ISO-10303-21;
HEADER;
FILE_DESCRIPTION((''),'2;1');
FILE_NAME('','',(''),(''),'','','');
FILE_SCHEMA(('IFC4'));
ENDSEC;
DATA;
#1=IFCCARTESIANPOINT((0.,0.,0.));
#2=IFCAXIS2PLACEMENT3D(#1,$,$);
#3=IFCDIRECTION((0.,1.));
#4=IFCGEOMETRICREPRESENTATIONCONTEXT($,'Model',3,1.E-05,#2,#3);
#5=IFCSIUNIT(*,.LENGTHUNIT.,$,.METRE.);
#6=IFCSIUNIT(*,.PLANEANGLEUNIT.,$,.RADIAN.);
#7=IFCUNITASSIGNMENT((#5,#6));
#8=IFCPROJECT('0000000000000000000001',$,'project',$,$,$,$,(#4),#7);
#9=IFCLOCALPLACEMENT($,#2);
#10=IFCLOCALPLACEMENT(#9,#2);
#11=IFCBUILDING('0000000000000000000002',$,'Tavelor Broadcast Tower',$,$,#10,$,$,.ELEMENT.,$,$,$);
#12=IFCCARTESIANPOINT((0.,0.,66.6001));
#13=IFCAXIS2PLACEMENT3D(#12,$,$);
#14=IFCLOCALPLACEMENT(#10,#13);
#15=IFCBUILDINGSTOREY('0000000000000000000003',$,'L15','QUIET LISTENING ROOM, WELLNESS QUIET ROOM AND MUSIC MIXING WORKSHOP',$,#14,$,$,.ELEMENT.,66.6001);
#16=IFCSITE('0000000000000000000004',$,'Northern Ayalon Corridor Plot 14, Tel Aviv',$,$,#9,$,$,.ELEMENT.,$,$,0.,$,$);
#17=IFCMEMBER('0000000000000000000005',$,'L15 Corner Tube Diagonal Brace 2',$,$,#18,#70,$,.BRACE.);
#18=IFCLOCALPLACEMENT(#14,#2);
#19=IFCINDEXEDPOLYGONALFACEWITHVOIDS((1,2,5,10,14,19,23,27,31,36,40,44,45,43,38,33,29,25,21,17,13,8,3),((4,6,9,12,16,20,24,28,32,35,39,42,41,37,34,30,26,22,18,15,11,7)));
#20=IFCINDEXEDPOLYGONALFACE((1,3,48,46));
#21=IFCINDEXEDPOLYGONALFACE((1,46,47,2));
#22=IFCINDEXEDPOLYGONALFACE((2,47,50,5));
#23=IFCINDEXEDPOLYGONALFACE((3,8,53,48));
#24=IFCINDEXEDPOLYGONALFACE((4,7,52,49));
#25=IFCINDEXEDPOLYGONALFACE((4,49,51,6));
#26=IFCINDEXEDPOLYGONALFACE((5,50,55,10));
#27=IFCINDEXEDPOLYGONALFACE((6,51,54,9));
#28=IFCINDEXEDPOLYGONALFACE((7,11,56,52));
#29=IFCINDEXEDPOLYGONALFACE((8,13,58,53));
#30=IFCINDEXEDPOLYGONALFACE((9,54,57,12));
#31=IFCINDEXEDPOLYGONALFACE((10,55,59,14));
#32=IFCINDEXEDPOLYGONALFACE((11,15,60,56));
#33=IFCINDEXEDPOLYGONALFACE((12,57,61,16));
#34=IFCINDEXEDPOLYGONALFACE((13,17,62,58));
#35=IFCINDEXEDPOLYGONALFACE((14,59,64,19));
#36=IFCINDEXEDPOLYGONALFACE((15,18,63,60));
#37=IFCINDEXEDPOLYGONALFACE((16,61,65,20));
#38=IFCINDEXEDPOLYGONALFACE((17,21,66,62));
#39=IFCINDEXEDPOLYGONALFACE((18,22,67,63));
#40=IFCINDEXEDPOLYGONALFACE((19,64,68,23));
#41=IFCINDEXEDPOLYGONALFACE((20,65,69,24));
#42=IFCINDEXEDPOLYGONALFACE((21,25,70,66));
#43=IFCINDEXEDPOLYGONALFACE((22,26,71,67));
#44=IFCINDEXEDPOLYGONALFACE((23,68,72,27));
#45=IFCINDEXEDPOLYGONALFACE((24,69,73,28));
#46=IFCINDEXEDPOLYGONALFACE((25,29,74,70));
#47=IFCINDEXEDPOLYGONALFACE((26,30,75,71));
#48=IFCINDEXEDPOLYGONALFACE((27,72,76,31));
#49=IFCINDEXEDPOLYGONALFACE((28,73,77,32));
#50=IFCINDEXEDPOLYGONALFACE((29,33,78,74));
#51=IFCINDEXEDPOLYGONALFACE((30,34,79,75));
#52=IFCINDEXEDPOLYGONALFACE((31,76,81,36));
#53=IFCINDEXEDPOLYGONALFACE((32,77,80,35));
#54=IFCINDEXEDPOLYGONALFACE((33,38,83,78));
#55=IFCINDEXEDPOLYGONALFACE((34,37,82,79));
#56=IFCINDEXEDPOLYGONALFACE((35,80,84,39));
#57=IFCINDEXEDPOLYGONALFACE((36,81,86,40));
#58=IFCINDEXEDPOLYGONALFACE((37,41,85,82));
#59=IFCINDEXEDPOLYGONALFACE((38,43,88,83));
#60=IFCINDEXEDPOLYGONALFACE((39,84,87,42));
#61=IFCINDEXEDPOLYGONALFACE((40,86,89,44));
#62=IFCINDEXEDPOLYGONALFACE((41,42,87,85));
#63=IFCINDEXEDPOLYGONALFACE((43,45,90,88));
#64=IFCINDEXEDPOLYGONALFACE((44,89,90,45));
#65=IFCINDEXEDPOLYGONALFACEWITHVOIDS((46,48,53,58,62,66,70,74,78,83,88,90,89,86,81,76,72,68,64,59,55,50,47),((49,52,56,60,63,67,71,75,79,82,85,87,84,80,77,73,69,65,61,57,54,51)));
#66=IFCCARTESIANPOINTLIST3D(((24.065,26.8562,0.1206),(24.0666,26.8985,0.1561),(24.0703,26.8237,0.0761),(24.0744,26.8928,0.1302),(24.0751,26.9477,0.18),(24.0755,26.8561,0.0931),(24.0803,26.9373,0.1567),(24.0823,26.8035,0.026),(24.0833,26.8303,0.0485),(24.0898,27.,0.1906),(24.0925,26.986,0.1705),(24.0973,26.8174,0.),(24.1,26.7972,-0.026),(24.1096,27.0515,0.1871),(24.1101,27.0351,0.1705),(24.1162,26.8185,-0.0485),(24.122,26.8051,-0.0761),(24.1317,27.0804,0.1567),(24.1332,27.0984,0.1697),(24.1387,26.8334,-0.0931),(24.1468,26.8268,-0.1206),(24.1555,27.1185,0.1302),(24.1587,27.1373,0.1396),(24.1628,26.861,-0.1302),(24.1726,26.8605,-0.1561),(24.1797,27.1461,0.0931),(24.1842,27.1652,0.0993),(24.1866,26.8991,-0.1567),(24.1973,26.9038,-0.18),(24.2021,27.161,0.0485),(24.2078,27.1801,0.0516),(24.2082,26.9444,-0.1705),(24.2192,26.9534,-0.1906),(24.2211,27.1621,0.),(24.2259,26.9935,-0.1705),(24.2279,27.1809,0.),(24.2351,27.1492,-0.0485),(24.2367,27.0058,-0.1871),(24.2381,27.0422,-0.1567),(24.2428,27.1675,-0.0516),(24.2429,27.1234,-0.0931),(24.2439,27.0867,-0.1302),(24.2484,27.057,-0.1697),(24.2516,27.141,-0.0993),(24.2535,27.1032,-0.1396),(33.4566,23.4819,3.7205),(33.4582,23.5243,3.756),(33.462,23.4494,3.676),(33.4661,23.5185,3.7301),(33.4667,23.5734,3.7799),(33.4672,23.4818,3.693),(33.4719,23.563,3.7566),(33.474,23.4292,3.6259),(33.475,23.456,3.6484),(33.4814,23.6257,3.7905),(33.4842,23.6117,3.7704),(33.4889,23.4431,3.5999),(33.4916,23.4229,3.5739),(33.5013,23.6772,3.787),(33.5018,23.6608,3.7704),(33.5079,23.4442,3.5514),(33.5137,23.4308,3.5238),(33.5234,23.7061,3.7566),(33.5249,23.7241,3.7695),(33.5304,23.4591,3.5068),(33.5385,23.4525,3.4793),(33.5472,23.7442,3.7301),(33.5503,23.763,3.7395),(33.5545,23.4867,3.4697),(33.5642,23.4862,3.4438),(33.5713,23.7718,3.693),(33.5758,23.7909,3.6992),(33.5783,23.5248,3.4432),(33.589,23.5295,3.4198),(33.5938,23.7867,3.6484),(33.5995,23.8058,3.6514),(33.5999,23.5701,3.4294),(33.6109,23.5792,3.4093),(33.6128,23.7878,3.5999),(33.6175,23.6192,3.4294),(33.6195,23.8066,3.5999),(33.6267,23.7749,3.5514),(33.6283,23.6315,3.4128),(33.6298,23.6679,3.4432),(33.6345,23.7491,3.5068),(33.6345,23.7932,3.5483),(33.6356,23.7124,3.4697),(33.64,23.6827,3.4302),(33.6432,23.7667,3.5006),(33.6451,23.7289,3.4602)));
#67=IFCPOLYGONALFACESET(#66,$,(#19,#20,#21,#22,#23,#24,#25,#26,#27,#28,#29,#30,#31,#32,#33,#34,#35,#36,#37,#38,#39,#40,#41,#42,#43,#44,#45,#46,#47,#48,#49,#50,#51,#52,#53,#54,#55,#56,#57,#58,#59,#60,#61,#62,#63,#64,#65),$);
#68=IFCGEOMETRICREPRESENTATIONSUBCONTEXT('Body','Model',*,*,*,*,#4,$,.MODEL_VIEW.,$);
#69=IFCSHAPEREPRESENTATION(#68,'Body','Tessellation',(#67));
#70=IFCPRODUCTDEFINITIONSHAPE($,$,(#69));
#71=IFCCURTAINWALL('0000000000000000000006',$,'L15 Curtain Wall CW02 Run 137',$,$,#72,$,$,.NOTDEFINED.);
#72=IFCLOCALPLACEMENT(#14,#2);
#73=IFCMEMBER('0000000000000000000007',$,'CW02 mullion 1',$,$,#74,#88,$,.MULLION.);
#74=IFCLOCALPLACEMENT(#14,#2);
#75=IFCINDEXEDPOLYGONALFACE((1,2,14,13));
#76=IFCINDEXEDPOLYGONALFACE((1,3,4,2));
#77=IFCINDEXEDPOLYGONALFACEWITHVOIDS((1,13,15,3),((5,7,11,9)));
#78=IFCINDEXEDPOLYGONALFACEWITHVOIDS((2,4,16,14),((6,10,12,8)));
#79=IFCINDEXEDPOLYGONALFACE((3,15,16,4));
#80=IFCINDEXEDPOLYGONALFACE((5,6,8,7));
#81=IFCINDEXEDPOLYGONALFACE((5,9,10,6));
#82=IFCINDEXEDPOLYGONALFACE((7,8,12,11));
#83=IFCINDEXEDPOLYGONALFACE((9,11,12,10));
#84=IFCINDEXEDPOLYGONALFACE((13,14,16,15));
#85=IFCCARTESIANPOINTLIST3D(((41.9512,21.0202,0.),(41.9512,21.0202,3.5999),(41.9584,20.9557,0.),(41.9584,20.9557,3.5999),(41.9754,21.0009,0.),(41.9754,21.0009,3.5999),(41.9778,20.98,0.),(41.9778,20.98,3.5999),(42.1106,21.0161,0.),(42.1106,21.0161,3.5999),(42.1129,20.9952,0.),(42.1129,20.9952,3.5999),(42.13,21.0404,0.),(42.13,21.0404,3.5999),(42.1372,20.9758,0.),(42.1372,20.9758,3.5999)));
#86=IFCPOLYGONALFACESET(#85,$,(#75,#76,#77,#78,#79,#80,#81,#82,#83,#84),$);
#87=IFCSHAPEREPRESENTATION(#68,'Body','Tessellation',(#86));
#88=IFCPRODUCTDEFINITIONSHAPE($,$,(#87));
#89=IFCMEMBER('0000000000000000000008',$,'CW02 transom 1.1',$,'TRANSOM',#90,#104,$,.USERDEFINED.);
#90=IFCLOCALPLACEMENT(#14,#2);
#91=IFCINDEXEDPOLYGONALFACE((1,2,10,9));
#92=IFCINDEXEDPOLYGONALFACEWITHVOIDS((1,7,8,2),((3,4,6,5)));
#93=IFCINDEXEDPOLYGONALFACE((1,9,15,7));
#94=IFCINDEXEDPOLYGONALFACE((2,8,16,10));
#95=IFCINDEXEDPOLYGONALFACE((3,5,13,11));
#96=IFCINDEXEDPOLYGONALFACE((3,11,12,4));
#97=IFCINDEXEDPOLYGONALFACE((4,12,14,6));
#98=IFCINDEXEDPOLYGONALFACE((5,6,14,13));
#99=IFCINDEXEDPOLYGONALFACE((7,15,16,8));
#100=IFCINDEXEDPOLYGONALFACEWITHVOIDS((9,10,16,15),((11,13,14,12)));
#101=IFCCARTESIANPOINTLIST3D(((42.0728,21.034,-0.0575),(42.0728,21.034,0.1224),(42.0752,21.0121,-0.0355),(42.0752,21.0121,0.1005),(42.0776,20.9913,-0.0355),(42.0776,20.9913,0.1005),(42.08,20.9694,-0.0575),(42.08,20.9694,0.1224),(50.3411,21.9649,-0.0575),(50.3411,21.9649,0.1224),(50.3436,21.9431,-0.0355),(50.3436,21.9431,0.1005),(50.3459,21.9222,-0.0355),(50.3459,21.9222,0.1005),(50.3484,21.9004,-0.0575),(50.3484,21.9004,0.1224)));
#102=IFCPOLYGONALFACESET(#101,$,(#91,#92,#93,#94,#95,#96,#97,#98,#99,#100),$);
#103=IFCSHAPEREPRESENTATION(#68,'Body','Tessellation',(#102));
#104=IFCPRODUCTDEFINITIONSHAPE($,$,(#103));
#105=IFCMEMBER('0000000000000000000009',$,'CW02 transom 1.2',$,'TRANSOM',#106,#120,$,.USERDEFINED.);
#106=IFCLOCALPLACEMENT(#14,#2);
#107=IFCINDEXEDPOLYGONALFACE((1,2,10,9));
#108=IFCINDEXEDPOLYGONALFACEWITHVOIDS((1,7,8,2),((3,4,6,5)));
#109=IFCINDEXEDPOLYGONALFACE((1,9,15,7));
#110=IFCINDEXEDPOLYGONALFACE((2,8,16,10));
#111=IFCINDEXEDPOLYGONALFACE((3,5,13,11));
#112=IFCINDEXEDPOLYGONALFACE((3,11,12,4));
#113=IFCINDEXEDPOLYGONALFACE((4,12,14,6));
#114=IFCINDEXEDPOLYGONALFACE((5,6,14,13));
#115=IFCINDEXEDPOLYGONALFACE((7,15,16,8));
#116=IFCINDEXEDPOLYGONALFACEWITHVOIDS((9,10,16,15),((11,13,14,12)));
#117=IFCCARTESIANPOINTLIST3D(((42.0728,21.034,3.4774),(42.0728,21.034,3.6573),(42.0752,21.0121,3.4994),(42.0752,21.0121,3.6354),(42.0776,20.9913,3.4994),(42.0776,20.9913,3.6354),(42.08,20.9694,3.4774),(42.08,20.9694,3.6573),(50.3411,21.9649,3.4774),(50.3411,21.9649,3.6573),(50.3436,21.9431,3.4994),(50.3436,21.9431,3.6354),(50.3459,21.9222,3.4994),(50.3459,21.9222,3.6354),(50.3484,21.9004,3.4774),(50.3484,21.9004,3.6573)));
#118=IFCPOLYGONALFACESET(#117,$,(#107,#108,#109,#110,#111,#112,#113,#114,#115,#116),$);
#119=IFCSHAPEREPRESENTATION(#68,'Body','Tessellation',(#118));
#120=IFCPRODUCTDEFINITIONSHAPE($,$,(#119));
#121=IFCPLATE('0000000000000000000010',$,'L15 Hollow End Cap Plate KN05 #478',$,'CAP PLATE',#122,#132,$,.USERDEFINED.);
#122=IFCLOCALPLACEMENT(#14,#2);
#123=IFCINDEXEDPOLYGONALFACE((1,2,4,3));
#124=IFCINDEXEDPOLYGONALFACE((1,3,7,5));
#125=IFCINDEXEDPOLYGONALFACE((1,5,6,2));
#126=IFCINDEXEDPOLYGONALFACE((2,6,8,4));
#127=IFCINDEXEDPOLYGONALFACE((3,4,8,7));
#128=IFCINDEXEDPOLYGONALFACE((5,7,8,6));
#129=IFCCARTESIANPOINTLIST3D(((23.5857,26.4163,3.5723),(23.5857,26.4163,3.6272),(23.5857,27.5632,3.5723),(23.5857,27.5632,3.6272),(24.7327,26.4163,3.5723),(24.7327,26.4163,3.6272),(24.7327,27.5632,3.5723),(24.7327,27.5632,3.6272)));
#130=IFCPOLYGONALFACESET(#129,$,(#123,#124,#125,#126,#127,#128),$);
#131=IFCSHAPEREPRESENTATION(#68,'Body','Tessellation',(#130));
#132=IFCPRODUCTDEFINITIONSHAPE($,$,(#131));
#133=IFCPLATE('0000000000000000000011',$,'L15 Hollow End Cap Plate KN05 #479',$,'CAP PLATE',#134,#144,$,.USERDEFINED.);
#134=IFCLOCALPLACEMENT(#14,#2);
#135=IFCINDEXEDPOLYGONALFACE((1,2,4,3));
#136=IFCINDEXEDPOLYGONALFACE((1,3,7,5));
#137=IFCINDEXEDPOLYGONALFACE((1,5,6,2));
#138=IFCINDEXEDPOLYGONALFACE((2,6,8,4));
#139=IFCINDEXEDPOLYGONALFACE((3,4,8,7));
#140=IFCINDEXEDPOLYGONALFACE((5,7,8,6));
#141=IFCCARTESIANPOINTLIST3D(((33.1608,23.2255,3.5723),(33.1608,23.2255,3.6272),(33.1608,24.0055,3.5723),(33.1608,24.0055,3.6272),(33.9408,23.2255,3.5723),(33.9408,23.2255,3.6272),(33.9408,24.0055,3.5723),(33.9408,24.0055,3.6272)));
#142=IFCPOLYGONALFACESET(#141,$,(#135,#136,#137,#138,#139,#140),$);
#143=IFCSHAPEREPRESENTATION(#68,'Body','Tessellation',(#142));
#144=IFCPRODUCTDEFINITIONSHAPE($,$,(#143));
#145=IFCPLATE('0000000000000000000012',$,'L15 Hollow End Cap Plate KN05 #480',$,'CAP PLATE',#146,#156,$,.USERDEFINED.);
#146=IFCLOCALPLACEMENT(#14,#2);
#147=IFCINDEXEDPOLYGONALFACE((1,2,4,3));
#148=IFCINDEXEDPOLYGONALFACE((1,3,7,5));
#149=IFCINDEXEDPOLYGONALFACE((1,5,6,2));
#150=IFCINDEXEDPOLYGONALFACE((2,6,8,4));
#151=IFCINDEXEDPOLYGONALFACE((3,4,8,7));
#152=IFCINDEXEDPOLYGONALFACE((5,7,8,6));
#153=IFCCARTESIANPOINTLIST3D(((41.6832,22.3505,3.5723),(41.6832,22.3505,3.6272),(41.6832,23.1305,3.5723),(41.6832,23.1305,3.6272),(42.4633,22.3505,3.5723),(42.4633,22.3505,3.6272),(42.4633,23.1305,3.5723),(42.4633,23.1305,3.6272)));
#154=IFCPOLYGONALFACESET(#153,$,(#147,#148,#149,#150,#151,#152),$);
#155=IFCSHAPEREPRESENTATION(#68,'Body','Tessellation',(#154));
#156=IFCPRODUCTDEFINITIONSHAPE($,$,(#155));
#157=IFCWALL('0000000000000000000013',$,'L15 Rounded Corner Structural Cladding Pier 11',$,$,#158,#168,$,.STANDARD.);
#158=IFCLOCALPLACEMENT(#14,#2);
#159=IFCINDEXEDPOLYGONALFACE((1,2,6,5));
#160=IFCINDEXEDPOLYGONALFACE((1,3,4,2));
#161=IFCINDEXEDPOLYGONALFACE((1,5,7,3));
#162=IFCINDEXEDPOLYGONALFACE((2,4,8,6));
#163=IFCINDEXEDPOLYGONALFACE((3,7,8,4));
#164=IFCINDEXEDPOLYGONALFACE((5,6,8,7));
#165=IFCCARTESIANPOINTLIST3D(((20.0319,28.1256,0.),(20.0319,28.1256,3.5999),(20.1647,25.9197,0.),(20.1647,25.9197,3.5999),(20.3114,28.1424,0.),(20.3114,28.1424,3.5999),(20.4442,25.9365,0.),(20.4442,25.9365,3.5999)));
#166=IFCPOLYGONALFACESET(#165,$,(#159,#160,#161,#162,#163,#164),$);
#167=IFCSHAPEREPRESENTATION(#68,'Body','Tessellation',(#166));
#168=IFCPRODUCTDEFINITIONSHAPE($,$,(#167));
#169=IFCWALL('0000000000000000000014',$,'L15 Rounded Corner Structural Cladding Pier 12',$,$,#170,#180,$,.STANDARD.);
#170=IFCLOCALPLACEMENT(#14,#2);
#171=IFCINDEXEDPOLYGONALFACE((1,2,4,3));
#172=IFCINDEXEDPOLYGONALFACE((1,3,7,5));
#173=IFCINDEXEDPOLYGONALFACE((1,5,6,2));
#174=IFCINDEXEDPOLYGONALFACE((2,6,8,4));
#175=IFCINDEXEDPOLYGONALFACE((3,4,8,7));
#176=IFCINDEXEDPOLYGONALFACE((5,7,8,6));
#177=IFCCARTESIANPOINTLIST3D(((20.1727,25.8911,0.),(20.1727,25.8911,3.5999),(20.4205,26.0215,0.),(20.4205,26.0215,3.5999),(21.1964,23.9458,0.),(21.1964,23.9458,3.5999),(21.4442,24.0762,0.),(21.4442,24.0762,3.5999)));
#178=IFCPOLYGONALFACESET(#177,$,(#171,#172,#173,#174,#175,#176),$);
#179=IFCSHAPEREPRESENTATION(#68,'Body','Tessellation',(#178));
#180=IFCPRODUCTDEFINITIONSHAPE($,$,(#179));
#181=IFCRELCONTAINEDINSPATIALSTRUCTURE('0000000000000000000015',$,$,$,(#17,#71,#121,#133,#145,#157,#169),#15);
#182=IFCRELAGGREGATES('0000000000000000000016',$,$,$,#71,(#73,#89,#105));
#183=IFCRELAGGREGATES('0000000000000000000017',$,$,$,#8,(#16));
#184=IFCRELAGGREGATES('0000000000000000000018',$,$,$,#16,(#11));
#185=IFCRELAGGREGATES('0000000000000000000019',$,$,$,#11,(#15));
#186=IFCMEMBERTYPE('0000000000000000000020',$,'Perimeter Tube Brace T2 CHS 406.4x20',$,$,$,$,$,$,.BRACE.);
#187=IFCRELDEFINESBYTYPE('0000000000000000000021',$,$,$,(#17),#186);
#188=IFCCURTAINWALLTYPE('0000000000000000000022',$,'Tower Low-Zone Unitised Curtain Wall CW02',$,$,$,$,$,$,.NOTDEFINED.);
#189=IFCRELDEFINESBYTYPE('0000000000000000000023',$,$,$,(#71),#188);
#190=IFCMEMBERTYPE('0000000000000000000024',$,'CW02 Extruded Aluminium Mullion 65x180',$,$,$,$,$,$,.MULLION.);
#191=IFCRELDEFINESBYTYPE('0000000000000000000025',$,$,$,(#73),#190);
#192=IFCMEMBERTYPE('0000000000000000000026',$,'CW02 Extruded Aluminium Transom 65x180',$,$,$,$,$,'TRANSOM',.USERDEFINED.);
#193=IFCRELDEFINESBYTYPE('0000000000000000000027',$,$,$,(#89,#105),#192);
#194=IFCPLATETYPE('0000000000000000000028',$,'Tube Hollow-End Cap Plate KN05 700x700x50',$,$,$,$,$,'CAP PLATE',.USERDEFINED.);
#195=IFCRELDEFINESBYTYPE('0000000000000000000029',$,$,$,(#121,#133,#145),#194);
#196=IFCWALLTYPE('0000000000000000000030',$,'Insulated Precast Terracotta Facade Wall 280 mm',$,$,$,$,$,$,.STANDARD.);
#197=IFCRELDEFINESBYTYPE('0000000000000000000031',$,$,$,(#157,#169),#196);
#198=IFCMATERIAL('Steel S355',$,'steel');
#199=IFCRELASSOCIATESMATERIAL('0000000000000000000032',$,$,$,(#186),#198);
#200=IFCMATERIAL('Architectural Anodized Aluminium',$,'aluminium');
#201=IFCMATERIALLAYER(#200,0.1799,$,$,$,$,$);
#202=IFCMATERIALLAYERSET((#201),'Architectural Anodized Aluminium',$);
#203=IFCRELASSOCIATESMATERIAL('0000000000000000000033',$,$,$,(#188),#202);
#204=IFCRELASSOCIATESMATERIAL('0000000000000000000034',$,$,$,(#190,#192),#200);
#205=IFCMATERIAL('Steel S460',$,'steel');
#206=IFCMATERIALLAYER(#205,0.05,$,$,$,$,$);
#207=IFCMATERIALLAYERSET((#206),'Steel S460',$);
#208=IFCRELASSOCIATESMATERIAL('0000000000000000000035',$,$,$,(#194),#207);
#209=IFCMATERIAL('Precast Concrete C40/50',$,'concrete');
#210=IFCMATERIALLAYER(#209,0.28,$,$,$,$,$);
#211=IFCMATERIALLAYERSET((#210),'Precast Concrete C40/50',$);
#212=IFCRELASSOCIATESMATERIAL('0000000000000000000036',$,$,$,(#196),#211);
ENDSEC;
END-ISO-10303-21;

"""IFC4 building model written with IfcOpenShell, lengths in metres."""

from ifc_helpers import new_model, si_unit, direction, frame, frame_2d, origin, origin_2d, place, context, subcontext, project, spatial, rectangle, hollow_rectangle, hollow_circle, extrude, source, transform, mapped, material, layer, layer_set, material_profile, profile_set, type_object, type_shapes, element, aggregate, save


model = new_model("IFC4")

# Units and contexts
model_context = context("Model", 3, precision=1e-05, world=origin(), true_north=direction((0.0, 1.0)))
body_context = subcontext(model_context, "Body", "Model", "MODEL_VIEW")
ifc_project = project(units=[si_unit("LENGTHUNIT", "METRE"), si_unit("PLANEANGLEUNIT", "RADIAN")], contexts=[model_context])

# Site, building, storey
site_placement = place(None, origin())
site = spatial("IfcSite", under=ifc_project, at=site_placement, Name="Northern Ayalon Corridor Plot 14, Tel Aviv", CompositionType="ELEMENT", RefElevation=0.0)
building_placement = place(site_placement, origin())
building = spatial("IfcBuilding", under=site, at=building_placement, Name="Tavelor Broadcast Tower", CompositionType="ELEMENT")
storey_placement = place(building_placement, frame((0.0, 0.0, 66.6001)))
storey = spatial("IfcBuildingStorey", under=building, at=storey_placement, Name="L15", Description="QUIET LISTENING ROOM, WELLNESS QUIET ROOM AND MUSIC MIXING WORKSHOP", CompositionType="ELEMENT", Elevation=66.6001)

# Shared definitions
ifc_material_1 = material(Name="Steel S460", Category="steel")

# Shared definitions
ifc_material_2 = material(Name="Steel S355", Category="steel")

# Member
ifc_material_profile_1 = material_profile(ifc_material_2, hollow_circle(Radius=0.2031, WallThickness=0.02, at=origin_2d()), Name="CHS 406.4x20")
ifc_profile_set_1 = profile_set([ifc_material_profile_1], Name="Steel S355")
member_type_1 = type_object("IfcMemberType", Name="Perimeter Tube Brace T2 CHS 406.4x20", PredefinedType="BRACE", material=ifc_profile_set_1)
member_1_placement = place(storey_placement, frame((24.1592, 26.9897, 0.0), z_axis=(0.885265, -0.318063, 0.339327), x_axis=(0.338124, 0.941101, 0.0)))
element("IfcMember", 1, at=member_1_placement, inside=storey, type_object=member_type_1, Name="L15 Corner Tube Diagonal Brace 2", PredefinedType="BRACE", context=body_context, shape_type="SweptSolid", body=[
    extrude(hollow_circle(Radius=0.2031, WallThickness=0.02, at=origin_2d()), origin(), (0.0, 0.0, 1.0), 10.6089),
])

# Curtain wall, members
ifc_material_3 = material(Name="Architectural Anodized Aluminium", Category="aluminium")
ifc_layer_1 = layer(ifc_material_3, 0.1799)
ifc_layer_set_1 = layer_set([ifc_layer_1], Name="Architectural Anodized Aluminium")
curtain_wall_type = type_object("IfcCurtainWallType", Name="Tower Low-Zone Unitised Curtain Wall CW02", PredefinedType="NOTDEFINED", material=ifc_layer_set_1)
curtain_wall_placement = place(storey_placement, origin())
curtain_wall = element("IfcCurtainWall", 2, at=curtain_wall_placement, inside=storey, type_object=curtain_wall_type, Name="L15 Curtain Wall CW02 Run 137", PredefinedType="NOTDEFINED")
ifc_material_profile_2 = material_profile(ifc_material_3, hollow_rectangle(XDim=0.0649, YDim=0.1799, WallThickness=0.022, at=origin_2d()), Name="RHS 65x180x22")
ifc_profile_set_2 = profile_set([ifc_material_profile_2], Name="Architectural Anodized Aluminium")
member_type_2 = type_object("IfcMemberType", Name="CW02 Extruded Aluminium Mullion 65x180", PredefinedType="MULLION", material=ifc_profile_set_2)
shared_shape_1 = source(origin(), body_context, "Body", "SweptSolid", [
    extrude(hollow_rectangle(XDim=0.0649, YDim=0.1799, WallThickness=0.022, at=origin_2d()), origin(), (0.0, 0.0, 1.0), 3.5999),
])
type_shapes(member_type_2, [shared_shape_1])
member_2_placement = place(storey_placement, frame((42.0442, 20.998, 0.0), z_axis=(0.0, 0.0, 1.0), x_axis=(-0.111886, 0.993721, 0.0)))
member_2 = element("IfcMember", 3, at=member_2_placement, type_object=member_type_2, Name="CW02 mullion 1", PredefinedType="MULLION", context=body_context, shape_type="MappedRepresentation", body=[
    mapped(shared_shape_1, transform((0.0, 0.0, 0.0), scale=1.0)),
])
ifc_material_profile_3 = material_profile(ifc_material_3, hollow_rectangle(XDim=0.0649, YDim=0.1799, WallThickness=0.022, at=origin_2d()), Name="RHS 65x180x22")
ifc_profile_set_3 = profile_set([ifc_material_profile_3], Name="Architectural Anodized Aluminium")
member_type_3 = type_object("IfcMemberType", Name="CW02 Extruded Aluminium Transom 65x180", ElementType="TRANSOM", PredefinedType="USERDEFINED", material=ifc_profile_set_3)
shared_shape_2 = source(origin(), body_context, "Body", "SweptSolid", [
    extrude(hollow_rectangle(XDim=0.0649, YDim=0.1799, WallThickness=0.022, at=origin_2d()), origin(), (0.0, 0.0, 1.0), 8.3206),
])
type_shapes(member_type_3, [shared_shape_2])
member_3_placement = place(storey_placement, frame((42.0764, 21.0017, 0.0325), z_axis=(0.993722, 0.111881, 0.0), x_axis=(-0.111881, 0.993722, 0.0)))
member_3 = element("IfcMember", 4, at=member_3_placement, type_object=member_type_3, Name="CW02 transom 1.1", ObjectType="TRANSOM", PredefinedType="USERDEFINED", context=body_context, shape_type="MappedRepresentation", body=[
    mapped(shared_shape_2, transform((0.0, 0.0, 0.0), scale=1.0)),
])
member_4_placement = place(storey_placement, frame((42.0764, 21.0017, 3.5674), z_axis=(0.993722, 0.111881, 0.0), x_axis=(-0.111881, 0.993722, 0.0)))
member_4 = element("IfcMember", 5, at=member_4_placement, type_object=member_type_3, Name="CW02 transom 1.2", ObjectType="TRANSOM", PredefinedType="USERDEFINED", context=body_context, shape_type="MappedRepresentation", body=[
    mapped(shared_shape_2, transform((0.0, 0.0, 0.0), scale=1.0)),
])
aggregate(curtain_wall, [member_2, member_3, member_4])

# Plates
ifc_layer_2 = layer(ifc_material_1, 0.05)
ifc_layer_set_2 = layer_set([ifc_layer_2], Name="Steel S460")
plate_type = type_object("IfcPlateType", Name="Tube Hollow-End Cap Plate KN05 700x700x50", ElementType="CAP PLATE", PredefinedType="USERDEFINED", material=ifc_layer_set_2)
shared_shape_3 = source(origin(), body_context, "Body", "SweptSolid", [
    extrude(rectangle(XDim=1.147, YDim=1.147, at=origin_2d()), origin(), (0.0, 0.0, 1.0), 0.0549),
])
plate_placement = place(storey_placement, frame((24.1592, 26.9897, 3.5723), z_axis=(0.0, 0.0, 1.0), x_axis=(1.0, 0.0, 0.0)))
element("IfcPlate", 6, at=plate_placement, inside=storey, type_object=plate_type, Name="L15 Hollow End Cap Plate KN05 #478", ObjectType="CAP PLATE", PredefinedType="USERDEFINED", context=body_context, shape_type="MappedRepresentation", body=[
    mapped(shared_shape_3, transform((0.0, 0.0, 0.0), scale=1.0)),
])
shared_shape_4 = source(origin(), body_context, "Body", "SweptSolid", [
    extrude(rectangle(XDim=0.78, YDim=0.78, at=origin_2d()), origin(), (0.0, 0.0, 1.0), 0.0549),
])
type_shapes(plate_type, [shared_shape_3, shared_shape_4])
for number, where, z_axis, x_axis, name in (
    (7, (33.5508, 23.6155, 3.5723), (0.0, 0.0, 1.0), (1.0, 0.0, 0.0), "L15 Hollow End Cap Plate KN05 #479"),
    (8, (42.0732, 22.7405, 3.5723), (0.0, 0.0, 1.0), (1.0, 0.0, 0.0), "L15 Hollow End Cap Plate KN05 #480"),
):
    element("IfcPlate", number, at=place(storey_placement, frame(where, z_axis=z_axis, x_axis=x_axis)), inside=storey, type_object=plate_type, Name=name, ObjectType="CAP PLATE", PredefinedType="USERDEFINED", context=body_context, shape_type="MappedRepresentation", body=[
        mapped(shared_shape_4, transform((0.0, 0.0, 0.0), scale=1.0)),
    ])

# Walls
ifc_material_4 = material(Name="Precast Concrete C40/50", Category="concrete")
ifc_layer_3 = layer(ifc_material_4, 0.28)
ifc_layer_set_3 = layer_set([ifc_layer_3], Name="Precast Concrete C40/50")
wall_type_1 = type_object("IfcWallType", Name="Insulated Precast Terracotta Facade Wall 280 mm", PredefinedType="STANDARD", material=ifc_layer_set_3)
wall_1_placement = place(storey_placement, frame((20.1716, 28.134, 0.0), z_axis=(0.0, 0.0, 1.0), x_axis=(0.060095, -0.998193, 0.0)))
element("IfcWall", 9, at=wall_1_placement, inside=storey, type_object=wall_type_1, Name="L15 Rounded Corner Structural Cladding Pier 11", PredefinedType="STANDARD", context=body_context, shape_type="SweptSolid", body=[
    extrude(rectangle(XDim=2.21, YDim=0.28, at=frame_2d((1.105, 0.0))), origin(), (0.0, 0.0, 1.0), 3.5999),
])
for number, where, z_axis, x_axis, name in (
    (10, (20.2966, 25.9563, 0.0), (0.0, 0.0, 1.0), (0.465687, -0.88495, 0.0), "L15 Rounded Corner Structural Cladding Pier 12"),
):
    element("IfcWall", number, at=place(storey_placement, frame(where, z_axis=z_axis, x_axis=x_axis)), inside=storey, type_object=wall_type_1, Name=name, PredefinedType="STANDARD", context=body_context, shape_type="SweptSolid", body=[
        extrude(rectangle(XDim=2.1982, YDim=0.28, at=frame_2d((1.0991, 0.0))), origin(), (0.0, 0.0, 1.0), 3.5999),
    ])

save(model, "model.ifc")
